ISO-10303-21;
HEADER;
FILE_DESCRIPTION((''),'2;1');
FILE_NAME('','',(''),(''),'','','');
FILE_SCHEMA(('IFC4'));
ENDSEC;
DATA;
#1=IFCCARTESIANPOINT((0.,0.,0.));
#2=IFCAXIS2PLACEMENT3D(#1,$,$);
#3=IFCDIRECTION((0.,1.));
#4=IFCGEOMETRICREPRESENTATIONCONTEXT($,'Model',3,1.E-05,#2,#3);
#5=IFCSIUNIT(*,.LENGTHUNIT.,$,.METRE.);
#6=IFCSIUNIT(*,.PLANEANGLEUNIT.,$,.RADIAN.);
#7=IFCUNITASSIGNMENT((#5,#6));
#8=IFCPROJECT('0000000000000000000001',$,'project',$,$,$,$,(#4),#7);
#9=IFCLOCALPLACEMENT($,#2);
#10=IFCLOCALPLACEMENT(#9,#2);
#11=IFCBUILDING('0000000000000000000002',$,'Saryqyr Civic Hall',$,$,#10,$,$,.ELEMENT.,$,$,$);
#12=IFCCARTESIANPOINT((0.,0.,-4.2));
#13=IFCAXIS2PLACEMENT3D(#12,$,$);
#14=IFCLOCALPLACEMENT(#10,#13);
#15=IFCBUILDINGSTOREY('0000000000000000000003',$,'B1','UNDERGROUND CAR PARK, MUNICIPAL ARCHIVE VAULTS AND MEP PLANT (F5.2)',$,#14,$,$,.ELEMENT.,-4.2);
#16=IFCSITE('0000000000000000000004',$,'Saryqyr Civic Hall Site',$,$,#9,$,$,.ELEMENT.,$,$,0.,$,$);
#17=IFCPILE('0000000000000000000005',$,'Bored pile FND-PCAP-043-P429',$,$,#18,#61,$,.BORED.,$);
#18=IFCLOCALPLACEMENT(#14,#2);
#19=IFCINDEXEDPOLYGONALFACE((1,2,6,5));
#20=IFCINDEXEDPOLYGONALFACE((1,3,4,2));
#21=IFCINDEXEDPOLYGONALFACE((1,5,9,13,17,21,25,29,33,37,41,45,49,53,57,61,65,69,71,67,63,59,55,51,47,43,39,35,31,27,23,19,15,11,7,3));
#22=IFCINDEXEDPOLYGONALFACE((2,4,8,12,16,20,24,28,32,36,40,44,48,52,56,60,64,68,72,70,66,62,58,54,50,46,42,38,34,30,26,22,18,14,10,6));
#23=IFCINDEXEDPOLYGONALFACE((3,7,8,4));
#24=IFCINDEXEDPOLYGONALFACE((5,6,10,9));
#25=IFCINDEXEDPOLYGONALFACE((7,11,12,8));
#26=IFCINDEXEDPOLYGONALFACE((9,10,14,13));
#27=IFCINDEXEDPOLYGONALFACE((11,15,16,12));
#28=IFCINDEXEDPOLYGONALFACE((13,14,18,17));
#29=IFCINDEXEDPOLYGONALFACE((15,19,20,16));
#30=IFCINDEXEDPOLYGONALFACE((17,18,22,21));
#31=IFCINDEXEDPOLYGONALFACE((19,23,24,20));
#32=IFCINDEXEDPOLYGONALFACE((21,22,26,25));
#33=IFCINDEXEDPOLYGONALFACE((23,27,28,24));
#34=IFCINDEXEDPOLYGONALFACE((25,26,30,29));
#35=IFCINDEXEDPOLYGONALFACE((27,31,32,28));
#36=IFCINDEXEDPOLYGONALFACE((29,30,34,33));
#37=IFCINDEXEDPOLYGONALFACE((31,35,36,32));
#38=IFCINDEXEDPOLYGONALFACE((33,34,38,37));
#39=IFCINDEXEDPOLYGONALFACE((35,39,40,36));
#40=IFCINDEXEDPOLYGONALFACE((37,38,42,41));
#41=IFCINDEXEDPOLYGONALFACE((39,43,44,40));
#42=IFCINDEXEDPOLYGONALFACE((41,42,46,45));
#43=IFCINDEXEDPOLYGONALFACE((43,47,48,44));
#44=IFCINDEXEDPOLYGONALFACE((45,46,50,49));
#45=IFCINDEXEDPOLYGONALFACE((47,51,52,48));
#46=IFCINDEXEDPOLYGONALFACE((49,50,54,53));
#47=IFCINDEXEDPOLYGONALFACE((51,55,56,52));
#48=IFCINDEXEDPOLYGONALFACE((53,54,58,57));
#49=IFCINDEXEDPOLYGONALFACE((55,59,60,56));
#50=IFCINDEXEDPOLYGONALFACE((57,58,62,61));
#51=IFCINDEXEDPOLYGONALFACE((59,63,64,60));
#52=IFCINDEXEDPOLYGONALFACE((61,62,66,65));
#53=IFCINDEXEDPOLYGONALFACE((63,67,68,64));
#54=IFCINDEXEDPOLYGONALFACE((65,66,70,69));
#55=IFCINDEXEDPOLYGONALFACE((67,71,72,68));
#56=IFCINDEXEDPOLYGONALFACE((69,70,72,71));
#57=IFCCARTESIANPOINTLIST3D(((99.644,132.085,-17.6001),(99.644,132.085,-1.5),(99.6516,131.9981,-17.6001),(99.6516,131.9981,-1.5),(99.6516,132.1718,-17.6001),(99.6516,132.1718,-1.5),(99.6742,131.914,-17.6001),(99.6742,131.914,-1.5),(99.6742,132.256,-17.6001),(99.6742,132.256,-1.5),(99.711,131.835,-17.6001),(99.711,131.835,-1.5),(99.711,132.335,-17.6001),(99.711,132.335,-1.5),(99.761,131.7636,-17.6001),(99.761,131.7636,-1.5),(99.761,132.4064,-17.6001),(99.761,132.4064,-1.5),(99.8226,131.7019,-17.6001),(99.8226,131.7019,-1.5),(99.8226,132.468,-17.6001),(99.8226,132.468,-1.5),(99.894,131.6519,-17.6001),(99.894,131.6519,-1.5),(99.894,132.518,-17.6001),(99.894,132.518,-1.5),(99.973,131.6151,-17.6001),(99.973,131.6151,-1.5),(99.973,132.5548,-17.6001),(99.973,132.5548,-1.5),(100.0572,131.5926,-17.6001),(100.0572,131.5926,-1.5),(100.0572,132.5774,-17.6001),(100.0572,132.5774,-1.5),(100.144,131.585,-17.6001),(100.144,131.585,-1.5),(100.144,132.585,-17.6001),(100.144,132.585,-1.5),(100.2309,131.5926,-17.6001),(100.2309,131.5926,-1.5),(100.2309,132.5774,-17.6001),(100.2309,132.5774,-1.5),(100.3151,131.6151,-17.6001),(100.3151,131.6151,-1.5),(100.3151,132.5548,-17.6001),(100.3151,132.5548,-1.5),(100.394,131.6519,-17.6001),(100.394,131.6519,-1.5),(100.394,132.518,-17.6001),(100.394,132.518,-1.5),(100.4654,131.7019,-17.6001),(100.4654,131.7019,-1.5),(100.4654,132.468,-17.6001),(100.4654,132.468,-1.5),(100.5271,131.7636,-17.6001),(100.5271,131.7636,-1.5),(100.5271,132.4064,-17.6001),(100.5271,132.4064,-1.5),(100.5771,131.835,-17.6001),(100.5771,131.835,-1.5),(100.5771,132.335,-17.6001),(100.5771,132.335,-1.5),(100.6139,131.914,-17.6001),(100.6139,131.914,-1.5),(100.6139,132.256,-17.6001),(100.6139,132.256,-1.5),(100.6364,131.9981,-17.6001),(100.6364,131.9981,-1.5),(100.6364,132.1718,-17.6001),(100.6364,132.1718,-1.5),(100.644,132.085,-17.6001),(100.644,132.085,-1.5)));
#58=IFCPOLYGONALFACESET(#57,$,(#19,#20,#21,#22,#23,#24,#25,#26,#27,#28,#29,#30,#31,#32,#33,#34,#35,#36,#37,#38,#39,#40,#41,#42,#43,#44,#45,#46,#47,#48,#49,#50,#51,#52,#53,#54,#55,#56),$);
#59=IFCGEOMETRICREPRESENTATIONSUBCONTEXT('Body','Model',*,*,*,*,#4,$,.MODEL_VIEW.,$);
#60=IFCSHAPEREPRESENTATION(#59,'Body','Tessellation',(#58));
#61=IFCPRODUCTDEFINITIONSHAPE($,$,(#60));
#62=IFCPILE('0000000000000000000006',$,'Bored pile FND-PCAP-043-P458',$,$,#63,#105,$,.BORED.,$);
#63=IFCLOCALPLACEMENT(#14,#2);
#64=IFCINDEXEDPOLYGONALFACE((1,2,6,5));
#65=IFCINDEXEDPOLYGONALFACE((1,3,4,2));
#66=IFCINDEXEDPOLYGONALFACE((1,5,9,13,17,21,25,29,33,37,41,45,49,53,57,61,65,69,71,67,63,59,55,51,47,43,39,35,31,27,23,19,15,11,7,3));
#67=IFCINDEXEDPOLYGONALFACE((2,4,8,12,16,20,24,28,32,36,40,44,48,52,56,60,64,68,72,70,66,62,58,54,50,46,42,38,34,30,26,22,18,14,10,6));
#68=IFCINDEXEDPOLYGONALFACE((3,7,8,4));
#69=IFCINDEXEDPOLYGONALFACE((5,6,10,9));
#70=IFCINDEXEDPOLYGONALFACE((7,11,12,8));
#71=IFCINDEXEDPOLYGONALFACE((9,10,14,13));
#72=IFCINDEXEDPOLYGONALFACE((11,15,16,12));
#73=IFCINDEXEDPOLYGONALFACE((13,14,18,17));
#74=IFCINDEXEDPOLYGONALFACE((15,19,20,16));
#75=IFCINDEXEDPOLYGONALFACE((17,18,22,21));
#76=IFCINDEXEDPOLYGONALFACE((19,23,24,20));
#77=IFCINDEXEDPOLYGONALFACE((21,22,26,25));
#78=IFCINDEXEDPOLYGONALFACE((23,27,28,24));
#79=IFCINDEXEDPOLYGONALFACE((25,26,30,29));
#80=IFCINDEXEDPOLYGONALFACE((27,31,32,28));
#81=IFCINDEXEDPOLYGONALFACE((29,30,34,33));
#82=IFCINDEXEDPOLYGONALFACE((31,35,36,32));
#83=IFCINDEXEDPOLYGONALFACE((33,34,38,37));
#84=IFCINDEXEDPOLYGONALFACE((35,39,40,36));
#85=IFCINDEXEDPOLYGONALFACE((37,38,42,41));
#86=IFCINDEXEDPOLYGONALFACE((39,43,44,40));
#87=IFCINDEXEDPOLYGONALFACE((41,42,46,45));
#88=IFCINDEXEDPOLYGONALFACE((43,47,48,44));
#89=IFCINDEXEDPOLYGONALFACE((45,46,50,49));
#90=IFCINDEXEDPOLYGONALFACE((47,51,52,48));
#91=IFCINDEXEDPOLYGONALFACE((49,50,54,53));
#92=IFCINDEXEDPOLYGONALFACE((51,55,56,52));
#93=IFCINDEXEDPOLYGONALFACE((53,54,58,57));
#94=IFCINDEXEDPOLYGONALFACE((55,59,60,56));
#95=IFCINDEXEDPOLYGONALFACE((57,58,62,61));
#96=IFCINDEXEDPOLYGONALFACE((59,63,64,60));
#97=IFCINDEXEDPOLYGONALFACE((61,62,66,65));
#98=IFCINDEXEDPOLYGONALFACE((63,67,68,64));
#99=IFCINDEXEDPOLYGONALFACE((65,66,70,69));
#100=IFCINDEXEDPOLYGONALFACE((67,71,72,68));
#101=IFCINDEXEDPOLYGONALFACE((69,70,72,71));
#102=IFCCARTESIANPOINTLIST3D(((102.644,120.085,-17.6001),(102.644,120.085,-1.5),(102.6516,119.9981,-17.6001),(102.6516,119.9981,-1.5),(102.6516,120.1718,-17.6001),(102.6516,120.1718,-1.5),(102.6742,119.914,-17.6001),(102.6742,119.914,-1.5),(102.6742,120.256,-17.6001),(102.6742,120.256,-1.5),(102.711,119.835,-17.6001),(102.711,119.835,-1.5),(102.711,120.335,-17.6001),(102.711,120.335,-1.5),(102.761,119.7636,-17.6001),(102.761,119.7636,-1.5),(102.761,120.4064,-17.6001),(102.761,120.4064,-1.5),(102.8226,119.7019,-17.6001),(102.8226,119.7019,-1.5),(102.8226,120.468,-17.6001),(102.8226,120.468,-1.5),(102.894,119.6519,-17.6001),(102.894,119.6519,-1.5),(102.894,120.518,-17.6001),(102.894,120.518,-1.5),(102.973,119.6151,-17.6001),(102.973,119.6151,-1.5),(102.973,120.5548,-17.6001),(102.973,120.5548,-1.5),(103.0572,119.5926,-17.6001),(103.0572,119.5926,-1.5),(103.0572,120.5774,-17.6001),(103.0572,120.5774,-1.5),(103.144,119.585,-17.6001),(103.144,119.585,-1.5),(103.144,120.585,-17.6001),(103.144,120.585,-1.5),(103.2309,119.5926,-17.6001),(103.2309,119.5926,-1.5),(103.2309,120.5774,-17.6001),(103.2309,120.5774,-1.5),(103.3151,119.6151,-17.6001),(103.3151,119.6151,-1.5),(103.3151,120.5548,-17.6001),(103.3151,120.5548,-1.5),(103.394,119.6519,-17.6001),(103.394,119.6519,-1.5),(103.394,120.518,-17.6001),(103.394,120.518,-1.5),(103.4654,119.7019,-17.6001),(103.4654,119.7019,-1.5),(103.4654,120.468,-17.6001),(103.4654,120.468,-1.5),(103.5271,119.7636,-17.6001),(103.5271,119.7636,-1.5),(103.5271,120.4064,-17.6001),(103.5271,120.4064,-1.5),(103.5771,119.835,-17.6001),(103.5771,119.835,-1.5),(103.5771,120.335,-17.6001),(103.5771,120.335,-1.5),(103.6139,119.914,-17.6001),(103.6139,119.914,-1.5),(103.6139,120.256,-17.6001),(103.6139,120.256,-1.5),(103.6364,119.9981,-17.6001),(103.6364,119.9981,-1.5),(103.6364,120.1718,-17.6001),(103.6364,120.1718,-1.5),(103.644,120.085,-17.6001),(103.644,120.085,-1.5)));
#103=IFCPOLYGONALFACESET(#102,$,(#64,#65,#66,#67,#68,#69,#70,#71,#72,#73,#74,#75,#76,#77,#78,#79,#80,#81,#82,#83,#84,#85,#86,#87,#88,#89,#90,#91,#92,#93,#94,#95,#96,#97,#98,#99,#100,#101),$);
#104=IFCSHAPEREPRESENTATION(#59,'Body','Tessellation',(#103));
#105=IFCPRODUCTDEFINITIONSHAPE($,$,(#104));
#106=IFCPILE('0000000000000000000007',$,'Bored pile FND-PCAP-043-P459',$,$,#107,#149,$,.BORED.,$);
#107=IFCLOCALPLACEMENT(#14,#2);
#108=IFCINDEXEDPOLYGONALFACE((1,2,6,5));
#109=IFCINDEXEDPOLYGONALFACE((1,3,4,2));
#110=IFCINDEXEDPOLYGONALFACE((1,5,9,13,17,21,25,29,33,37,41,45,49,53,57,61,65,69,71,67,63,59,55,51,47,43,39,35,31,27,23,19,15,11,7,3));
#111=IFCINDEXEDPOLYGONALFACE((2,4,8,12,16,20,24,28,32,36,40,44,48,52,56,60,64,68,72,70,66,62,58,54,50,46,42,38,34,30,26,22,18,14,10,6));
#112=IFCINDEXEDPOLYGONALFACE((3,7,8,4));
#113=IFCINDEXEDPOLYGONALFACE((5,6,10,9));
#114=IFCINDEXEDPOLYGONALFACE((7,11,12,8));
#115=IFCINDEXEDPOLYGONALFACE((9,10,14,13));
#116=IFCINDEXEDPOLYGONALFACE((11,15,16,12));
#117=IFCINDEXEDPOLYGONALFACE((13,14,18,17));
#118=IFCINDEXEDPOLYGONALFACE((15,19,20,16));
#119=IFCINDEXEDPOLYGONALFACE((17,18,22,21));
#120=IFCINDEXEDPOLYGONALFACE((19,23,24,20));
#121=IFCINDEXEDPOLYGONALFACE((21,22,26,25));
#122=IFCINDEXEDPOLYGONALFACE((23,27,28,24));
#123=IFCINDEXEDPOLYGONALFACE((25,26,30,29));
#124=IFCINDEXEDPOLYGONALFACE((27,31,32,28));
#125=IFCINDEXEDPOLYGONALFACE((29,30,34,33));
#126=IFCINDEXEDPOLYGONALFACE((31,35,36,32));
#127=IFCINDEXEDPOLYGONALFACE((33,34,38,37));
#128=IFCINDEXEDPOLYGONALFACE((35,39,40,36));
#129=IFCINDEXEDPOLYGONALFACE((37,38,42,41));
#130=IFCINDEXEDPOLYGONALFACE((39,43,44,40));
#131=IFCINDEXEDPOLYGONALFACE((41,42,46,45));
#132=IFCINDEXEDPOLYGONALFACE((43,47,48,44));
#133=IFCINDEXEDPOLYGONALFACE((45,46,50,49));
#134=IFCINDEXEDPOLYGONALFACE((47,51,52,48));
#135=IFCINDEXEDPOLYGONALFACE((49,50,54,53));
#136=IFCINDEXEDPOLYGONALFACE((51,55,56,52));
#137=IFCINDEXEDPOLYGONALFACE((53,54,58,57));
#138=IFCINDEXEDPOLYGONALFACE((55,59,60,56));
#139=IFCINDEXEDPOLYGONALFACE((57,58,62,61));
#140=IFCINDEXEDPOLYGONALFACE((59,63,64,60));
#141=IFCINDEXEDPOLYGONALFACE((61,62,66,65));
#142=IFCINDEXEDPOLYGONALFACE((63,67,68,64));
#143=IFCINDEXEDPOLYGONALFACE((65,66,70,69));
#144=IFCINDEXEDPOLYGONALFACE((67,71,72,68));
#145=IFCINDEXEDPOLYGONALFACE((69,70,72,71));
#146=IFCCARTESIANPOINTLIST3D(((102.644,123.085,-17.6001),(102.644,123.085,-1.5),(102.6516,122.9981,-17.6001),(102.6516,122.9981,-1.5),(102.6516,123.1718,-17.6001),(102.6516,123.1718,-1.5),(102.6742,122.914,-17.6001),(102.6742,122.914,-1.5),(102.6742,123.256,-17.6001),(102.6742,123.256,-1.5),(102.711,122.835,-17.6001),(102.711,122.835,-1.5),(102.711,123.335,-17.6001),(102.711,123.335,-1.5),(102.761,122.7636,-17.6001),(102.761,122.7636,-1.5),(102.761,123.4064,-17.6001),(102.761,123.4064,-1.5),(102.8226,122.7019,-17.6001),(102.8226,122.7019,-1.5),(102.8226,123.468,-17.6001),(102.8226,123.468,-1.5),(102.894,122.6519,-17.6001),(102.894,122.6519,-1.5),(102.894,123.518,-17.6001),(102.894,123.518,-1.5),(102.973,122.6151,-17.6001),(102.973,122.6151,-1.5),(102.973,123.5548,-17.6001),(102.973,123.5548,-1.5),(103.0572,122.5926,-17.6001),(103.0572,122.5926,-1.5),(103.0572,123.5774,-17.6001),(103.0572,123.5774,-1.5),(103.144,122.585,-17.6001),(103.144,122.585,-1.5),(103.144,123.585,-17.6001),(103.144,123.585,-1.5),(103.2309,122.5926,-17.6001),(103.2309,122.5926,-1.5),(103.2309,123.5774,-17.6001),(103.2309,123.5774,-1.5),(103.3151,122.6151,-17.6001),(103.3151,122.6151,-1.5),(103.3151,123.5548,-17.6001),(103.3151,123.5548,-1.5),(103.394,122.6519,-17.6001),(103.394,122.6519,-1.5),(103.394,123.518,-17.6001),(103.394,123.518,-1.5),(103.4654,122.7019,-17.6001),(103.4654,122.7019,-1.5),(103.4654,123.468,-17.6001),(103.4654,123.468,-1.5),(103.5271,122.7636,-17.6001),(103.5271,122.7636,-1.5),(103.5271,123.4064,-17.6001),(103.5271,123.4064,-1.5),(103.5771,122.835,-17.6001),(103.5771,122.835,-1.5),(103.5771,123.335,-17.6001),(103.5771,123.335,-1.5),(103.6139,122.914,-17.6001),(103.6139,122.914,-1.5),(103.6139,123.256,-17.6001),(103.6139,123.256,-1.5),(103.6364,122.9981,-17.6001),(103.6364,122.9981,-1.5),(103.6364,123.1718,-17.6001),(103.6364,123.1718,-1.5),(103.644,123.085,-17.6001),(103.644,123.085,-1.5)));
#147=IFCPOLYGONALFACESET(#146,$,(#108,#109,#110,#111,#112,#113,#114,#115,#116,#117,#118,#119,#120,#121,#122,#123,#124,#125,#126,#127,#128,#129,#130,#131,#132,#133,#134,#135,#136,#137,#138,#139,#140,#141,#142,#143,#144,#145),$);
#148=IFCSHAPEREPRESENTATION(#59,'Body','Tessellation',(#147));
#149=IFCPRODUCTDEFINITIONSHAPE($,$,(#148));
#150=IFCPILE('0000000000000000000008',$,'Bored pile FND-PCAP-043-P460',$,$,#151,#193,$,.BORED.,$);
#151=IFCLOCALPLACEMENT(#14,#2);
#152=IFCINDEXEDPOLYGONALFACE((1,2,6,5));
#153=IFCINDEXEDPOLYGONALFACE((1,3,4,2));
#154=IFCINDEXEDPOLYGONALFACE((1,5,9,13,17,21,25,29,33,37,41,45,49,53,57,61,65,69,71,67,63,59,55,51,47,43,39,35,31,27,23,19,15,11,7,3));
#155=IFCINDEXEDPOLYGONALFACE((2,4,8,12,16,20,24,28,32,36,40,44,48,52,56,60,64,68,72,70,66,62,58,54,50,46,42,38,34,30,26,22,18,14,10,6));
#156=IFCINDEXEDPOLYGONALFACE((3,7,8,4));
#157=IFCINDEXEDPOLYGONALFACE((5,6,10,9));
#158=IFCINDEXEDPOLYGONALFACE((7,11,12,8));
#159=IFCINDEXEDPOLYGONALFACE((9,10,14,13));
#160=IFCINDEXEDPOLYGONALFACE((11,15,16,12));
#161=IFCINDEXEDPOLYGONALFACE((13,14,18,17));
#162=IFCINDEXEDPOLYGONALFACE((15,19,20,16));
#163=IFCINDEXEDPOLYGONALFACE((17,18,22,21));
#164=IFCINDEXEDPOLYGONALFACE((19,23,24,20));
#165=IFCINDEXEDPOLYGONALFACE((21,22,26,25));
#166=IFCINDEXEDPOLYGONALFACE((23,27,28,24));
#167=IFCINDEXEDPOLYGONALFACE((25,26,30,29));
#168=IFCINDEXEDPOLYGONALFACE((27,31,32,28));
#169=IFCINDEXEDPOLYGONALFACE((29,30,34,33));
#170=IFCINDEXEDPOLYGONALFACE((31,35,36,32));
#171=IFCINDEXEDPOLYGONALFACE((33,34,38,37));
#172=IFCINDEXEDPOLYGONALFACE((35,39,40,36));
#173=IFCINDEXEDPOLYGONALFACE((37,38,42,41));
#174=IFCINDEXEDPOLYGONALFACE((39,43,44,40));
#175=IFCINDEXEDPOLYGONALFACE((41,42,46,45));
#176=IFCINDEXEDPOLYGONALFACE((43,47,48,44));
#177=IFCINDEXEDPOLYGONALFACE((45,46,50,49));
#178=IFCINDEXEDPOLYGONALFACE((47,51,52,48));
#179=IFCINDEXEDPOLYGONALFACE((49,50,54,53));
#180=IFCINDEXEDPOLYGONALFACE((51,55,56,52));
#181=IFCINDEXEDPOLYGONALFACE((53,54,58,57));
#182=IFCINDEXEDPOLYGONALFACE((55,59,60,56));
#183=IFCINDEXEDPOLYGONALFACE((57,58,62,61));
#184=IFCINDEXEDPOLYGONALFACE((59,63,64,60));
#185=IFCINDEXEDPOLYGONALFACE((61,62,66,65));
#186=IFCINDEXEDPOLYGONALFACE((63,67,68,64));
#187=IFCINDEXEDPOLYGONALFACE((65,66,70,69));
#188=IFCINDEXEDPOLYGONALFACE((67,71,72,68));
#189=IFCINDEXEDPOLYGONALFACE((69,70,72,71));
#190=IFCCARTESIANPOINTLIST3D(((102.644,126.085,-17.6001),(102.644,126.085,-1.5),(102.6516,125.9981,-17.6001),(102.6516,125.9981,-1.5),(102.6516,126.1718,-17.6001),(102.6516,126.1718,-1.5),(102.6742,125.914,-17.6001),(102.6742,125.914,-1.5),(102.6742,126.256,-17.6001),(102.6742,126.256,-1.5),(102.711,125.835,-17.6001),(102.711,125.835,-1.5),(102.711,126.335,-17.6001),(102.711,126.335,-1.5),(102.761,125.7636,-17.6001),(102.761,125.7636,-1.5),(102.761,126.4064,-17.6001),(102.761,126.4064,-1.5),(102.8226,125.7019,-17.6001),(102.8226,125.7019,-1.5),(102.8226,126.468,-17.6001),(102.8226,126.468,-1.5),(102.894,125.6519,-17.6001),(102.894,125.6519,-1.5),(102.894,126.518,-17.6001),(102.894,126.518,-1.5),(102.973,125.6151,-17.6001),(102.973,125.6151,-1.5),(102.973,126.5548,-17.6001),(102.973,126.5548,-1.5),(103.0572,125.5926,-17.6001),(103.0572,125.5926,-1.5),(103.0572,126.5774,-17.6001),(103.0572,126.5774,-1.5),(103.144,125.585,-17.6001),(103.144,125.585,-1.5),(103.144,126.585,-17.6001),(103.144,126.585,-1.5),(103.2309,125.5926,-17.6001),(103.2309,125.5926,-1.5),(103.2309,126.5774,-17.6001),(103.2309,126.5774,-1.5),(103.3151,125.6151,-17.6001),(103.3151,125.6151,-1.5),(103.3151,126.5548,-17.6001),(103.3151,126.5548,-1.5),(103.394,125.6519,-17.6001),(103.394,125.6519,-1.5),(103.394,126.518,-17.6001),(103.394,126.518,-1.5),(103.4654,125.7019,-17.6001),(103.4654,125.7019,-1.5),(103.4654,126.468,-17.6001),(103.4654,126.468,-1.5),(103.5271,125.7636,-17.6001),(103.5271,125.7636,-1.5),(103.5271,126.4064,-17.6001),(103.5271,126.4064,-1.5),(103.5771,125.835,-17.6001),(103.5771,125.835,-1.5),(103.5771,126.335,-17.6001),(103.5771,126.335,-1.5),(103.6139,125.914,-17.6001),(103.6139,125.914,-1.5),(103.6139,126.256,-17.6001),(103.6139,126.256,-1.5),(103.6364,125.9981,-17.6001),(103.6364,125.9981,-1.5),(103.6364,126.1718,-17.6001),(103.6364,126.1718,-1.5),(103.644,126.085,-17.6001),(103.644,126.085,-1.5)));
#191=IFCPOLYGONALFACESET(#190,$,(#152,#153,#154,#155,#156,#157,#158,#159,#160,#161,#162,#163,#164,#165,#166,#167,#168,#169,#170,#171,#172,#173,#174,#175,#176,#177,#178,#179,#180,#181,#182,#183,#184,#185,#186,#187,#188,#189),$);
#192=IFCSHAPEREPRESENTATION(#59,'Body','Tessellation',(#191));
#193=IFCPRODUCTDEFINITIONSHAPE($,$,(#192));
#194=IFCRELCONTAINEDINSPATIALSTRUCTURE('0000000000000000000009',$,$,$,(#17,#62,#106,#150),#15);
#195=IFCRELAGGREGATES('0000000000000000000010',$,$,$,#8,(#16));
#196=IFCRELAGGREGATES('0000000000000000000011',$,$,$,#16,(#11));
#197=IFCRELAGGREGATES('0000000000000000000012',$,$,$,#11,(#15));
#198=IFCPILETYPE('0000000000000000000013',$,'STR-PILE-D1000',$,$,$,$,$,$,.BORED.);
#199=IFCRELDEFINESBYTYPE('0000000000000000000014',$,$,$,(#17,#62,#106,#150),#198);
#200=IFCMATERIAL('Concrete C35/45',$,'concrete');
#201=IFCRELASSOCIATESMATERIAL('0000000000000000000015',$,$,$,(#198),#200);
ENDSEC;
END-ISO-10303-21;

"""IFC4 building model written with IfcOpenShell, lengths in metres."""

from ifc_helpers import new_model, si_unit, direction, frame, origin, origin_2d, place, context, subcontext, project, spatial, circle, extrude, material, material_profile, profile_set, type_object, element, save


model = new_model("IFC4")

# Units and contexts
model_context = context("Model", 3, precision=1e-05, world=origin(), true_north=direction((0.0, 1.0)))
body_context = subcontext(model_context, "Body", "Model", "MODEL_VIEW")
ifc_project = project(units=[si_unit("LENGTHUNIT", "METRE"), si_unit("PLANEANGLEUNIT", "RADIAN")], contexts=[model_context])

# Site, building, storey
site_placement = place(None, origin())
site = spatial("IfcSite", under=ifc_project, at=site_placement, Name="Saryqyr Civic Hall Site", CompositionType="ELEMENT", RefElevation=0.0)
building_placement = place(site_placement, origin())
building = spatial("IfcBuilding", under=site, at=building_placement, Name="Saryqyr Civic Hall", CompositionType="ELEMENT")
storey_placement = place(building_placement, frame((0.0, 0.0, -4.2)))
storey = spatial("IfcBuildingStorey", under=building, at=storey_placement, Name="B1", Description="UNDERGROUND CAR PARK, MUNICIPAL ARCHIVE VAULTS AND MEP PLANT (F5.2)", CompositionType="ELEMENT", Elevation=-4.2)

# Piles
ifc_material_1 = material(Name="Concrete C35/45", Category="concrete")
ifc_material_profile_1 = material_profile(ifc_material_1, circle(Radius=0.5, at=origin_2d()), Name="BORED PILE D1000")
ifc_profile_set_1 = profile_set([ifc_material_profile_1], Name="Concrete C35/45")
pile_type = type_object("IfcPileType", Name="STR-PILE-D1000", PredefinedType="BORED", material=ifc_profile_set_1)
for number, where, z_axis, x_axis, name in (
    (1, (100.144, 132.085, -1.5), (0.0, 0.0, -1.0), (1.0, 0.0, 0.0), "Bored pile FND-PCAP-043-P429"),
    (2, (103.144, 120.085, -1.5), (0.0, 0.0, -1.0), (1.0, 0.0, 0.0), "Bored pile FND-PCAP-043-P458"),
    (3, (103.144, 123.085, -1.5), (0.0, 0.0, -1.0), (1.0, 0.0, 0.0), "Bored pile FND-PCAP-043-P459"),
    (4, (103.144, 126.085, -1.5), (0.0, 0.0, -1.0), (1.0, 0.0, 0.0), "Bored pile FND-PCAP-043-P460"),
):
    element("IfcPile", number, at=place(storey_placement, frame(where, z_axis=z_axis, x_axis=x_axis)), inside=storey, type_object=pile_type, Name=name, PredefinedType="BORED", context=body_context, shape_type="SweptSolid", body=[
        extrude(circle(Radius=0.5, at=origin_2d()), origin(), (0.0, 0.0, 1.0), 16.1001),
    ])

save(model, "model.ifc")
